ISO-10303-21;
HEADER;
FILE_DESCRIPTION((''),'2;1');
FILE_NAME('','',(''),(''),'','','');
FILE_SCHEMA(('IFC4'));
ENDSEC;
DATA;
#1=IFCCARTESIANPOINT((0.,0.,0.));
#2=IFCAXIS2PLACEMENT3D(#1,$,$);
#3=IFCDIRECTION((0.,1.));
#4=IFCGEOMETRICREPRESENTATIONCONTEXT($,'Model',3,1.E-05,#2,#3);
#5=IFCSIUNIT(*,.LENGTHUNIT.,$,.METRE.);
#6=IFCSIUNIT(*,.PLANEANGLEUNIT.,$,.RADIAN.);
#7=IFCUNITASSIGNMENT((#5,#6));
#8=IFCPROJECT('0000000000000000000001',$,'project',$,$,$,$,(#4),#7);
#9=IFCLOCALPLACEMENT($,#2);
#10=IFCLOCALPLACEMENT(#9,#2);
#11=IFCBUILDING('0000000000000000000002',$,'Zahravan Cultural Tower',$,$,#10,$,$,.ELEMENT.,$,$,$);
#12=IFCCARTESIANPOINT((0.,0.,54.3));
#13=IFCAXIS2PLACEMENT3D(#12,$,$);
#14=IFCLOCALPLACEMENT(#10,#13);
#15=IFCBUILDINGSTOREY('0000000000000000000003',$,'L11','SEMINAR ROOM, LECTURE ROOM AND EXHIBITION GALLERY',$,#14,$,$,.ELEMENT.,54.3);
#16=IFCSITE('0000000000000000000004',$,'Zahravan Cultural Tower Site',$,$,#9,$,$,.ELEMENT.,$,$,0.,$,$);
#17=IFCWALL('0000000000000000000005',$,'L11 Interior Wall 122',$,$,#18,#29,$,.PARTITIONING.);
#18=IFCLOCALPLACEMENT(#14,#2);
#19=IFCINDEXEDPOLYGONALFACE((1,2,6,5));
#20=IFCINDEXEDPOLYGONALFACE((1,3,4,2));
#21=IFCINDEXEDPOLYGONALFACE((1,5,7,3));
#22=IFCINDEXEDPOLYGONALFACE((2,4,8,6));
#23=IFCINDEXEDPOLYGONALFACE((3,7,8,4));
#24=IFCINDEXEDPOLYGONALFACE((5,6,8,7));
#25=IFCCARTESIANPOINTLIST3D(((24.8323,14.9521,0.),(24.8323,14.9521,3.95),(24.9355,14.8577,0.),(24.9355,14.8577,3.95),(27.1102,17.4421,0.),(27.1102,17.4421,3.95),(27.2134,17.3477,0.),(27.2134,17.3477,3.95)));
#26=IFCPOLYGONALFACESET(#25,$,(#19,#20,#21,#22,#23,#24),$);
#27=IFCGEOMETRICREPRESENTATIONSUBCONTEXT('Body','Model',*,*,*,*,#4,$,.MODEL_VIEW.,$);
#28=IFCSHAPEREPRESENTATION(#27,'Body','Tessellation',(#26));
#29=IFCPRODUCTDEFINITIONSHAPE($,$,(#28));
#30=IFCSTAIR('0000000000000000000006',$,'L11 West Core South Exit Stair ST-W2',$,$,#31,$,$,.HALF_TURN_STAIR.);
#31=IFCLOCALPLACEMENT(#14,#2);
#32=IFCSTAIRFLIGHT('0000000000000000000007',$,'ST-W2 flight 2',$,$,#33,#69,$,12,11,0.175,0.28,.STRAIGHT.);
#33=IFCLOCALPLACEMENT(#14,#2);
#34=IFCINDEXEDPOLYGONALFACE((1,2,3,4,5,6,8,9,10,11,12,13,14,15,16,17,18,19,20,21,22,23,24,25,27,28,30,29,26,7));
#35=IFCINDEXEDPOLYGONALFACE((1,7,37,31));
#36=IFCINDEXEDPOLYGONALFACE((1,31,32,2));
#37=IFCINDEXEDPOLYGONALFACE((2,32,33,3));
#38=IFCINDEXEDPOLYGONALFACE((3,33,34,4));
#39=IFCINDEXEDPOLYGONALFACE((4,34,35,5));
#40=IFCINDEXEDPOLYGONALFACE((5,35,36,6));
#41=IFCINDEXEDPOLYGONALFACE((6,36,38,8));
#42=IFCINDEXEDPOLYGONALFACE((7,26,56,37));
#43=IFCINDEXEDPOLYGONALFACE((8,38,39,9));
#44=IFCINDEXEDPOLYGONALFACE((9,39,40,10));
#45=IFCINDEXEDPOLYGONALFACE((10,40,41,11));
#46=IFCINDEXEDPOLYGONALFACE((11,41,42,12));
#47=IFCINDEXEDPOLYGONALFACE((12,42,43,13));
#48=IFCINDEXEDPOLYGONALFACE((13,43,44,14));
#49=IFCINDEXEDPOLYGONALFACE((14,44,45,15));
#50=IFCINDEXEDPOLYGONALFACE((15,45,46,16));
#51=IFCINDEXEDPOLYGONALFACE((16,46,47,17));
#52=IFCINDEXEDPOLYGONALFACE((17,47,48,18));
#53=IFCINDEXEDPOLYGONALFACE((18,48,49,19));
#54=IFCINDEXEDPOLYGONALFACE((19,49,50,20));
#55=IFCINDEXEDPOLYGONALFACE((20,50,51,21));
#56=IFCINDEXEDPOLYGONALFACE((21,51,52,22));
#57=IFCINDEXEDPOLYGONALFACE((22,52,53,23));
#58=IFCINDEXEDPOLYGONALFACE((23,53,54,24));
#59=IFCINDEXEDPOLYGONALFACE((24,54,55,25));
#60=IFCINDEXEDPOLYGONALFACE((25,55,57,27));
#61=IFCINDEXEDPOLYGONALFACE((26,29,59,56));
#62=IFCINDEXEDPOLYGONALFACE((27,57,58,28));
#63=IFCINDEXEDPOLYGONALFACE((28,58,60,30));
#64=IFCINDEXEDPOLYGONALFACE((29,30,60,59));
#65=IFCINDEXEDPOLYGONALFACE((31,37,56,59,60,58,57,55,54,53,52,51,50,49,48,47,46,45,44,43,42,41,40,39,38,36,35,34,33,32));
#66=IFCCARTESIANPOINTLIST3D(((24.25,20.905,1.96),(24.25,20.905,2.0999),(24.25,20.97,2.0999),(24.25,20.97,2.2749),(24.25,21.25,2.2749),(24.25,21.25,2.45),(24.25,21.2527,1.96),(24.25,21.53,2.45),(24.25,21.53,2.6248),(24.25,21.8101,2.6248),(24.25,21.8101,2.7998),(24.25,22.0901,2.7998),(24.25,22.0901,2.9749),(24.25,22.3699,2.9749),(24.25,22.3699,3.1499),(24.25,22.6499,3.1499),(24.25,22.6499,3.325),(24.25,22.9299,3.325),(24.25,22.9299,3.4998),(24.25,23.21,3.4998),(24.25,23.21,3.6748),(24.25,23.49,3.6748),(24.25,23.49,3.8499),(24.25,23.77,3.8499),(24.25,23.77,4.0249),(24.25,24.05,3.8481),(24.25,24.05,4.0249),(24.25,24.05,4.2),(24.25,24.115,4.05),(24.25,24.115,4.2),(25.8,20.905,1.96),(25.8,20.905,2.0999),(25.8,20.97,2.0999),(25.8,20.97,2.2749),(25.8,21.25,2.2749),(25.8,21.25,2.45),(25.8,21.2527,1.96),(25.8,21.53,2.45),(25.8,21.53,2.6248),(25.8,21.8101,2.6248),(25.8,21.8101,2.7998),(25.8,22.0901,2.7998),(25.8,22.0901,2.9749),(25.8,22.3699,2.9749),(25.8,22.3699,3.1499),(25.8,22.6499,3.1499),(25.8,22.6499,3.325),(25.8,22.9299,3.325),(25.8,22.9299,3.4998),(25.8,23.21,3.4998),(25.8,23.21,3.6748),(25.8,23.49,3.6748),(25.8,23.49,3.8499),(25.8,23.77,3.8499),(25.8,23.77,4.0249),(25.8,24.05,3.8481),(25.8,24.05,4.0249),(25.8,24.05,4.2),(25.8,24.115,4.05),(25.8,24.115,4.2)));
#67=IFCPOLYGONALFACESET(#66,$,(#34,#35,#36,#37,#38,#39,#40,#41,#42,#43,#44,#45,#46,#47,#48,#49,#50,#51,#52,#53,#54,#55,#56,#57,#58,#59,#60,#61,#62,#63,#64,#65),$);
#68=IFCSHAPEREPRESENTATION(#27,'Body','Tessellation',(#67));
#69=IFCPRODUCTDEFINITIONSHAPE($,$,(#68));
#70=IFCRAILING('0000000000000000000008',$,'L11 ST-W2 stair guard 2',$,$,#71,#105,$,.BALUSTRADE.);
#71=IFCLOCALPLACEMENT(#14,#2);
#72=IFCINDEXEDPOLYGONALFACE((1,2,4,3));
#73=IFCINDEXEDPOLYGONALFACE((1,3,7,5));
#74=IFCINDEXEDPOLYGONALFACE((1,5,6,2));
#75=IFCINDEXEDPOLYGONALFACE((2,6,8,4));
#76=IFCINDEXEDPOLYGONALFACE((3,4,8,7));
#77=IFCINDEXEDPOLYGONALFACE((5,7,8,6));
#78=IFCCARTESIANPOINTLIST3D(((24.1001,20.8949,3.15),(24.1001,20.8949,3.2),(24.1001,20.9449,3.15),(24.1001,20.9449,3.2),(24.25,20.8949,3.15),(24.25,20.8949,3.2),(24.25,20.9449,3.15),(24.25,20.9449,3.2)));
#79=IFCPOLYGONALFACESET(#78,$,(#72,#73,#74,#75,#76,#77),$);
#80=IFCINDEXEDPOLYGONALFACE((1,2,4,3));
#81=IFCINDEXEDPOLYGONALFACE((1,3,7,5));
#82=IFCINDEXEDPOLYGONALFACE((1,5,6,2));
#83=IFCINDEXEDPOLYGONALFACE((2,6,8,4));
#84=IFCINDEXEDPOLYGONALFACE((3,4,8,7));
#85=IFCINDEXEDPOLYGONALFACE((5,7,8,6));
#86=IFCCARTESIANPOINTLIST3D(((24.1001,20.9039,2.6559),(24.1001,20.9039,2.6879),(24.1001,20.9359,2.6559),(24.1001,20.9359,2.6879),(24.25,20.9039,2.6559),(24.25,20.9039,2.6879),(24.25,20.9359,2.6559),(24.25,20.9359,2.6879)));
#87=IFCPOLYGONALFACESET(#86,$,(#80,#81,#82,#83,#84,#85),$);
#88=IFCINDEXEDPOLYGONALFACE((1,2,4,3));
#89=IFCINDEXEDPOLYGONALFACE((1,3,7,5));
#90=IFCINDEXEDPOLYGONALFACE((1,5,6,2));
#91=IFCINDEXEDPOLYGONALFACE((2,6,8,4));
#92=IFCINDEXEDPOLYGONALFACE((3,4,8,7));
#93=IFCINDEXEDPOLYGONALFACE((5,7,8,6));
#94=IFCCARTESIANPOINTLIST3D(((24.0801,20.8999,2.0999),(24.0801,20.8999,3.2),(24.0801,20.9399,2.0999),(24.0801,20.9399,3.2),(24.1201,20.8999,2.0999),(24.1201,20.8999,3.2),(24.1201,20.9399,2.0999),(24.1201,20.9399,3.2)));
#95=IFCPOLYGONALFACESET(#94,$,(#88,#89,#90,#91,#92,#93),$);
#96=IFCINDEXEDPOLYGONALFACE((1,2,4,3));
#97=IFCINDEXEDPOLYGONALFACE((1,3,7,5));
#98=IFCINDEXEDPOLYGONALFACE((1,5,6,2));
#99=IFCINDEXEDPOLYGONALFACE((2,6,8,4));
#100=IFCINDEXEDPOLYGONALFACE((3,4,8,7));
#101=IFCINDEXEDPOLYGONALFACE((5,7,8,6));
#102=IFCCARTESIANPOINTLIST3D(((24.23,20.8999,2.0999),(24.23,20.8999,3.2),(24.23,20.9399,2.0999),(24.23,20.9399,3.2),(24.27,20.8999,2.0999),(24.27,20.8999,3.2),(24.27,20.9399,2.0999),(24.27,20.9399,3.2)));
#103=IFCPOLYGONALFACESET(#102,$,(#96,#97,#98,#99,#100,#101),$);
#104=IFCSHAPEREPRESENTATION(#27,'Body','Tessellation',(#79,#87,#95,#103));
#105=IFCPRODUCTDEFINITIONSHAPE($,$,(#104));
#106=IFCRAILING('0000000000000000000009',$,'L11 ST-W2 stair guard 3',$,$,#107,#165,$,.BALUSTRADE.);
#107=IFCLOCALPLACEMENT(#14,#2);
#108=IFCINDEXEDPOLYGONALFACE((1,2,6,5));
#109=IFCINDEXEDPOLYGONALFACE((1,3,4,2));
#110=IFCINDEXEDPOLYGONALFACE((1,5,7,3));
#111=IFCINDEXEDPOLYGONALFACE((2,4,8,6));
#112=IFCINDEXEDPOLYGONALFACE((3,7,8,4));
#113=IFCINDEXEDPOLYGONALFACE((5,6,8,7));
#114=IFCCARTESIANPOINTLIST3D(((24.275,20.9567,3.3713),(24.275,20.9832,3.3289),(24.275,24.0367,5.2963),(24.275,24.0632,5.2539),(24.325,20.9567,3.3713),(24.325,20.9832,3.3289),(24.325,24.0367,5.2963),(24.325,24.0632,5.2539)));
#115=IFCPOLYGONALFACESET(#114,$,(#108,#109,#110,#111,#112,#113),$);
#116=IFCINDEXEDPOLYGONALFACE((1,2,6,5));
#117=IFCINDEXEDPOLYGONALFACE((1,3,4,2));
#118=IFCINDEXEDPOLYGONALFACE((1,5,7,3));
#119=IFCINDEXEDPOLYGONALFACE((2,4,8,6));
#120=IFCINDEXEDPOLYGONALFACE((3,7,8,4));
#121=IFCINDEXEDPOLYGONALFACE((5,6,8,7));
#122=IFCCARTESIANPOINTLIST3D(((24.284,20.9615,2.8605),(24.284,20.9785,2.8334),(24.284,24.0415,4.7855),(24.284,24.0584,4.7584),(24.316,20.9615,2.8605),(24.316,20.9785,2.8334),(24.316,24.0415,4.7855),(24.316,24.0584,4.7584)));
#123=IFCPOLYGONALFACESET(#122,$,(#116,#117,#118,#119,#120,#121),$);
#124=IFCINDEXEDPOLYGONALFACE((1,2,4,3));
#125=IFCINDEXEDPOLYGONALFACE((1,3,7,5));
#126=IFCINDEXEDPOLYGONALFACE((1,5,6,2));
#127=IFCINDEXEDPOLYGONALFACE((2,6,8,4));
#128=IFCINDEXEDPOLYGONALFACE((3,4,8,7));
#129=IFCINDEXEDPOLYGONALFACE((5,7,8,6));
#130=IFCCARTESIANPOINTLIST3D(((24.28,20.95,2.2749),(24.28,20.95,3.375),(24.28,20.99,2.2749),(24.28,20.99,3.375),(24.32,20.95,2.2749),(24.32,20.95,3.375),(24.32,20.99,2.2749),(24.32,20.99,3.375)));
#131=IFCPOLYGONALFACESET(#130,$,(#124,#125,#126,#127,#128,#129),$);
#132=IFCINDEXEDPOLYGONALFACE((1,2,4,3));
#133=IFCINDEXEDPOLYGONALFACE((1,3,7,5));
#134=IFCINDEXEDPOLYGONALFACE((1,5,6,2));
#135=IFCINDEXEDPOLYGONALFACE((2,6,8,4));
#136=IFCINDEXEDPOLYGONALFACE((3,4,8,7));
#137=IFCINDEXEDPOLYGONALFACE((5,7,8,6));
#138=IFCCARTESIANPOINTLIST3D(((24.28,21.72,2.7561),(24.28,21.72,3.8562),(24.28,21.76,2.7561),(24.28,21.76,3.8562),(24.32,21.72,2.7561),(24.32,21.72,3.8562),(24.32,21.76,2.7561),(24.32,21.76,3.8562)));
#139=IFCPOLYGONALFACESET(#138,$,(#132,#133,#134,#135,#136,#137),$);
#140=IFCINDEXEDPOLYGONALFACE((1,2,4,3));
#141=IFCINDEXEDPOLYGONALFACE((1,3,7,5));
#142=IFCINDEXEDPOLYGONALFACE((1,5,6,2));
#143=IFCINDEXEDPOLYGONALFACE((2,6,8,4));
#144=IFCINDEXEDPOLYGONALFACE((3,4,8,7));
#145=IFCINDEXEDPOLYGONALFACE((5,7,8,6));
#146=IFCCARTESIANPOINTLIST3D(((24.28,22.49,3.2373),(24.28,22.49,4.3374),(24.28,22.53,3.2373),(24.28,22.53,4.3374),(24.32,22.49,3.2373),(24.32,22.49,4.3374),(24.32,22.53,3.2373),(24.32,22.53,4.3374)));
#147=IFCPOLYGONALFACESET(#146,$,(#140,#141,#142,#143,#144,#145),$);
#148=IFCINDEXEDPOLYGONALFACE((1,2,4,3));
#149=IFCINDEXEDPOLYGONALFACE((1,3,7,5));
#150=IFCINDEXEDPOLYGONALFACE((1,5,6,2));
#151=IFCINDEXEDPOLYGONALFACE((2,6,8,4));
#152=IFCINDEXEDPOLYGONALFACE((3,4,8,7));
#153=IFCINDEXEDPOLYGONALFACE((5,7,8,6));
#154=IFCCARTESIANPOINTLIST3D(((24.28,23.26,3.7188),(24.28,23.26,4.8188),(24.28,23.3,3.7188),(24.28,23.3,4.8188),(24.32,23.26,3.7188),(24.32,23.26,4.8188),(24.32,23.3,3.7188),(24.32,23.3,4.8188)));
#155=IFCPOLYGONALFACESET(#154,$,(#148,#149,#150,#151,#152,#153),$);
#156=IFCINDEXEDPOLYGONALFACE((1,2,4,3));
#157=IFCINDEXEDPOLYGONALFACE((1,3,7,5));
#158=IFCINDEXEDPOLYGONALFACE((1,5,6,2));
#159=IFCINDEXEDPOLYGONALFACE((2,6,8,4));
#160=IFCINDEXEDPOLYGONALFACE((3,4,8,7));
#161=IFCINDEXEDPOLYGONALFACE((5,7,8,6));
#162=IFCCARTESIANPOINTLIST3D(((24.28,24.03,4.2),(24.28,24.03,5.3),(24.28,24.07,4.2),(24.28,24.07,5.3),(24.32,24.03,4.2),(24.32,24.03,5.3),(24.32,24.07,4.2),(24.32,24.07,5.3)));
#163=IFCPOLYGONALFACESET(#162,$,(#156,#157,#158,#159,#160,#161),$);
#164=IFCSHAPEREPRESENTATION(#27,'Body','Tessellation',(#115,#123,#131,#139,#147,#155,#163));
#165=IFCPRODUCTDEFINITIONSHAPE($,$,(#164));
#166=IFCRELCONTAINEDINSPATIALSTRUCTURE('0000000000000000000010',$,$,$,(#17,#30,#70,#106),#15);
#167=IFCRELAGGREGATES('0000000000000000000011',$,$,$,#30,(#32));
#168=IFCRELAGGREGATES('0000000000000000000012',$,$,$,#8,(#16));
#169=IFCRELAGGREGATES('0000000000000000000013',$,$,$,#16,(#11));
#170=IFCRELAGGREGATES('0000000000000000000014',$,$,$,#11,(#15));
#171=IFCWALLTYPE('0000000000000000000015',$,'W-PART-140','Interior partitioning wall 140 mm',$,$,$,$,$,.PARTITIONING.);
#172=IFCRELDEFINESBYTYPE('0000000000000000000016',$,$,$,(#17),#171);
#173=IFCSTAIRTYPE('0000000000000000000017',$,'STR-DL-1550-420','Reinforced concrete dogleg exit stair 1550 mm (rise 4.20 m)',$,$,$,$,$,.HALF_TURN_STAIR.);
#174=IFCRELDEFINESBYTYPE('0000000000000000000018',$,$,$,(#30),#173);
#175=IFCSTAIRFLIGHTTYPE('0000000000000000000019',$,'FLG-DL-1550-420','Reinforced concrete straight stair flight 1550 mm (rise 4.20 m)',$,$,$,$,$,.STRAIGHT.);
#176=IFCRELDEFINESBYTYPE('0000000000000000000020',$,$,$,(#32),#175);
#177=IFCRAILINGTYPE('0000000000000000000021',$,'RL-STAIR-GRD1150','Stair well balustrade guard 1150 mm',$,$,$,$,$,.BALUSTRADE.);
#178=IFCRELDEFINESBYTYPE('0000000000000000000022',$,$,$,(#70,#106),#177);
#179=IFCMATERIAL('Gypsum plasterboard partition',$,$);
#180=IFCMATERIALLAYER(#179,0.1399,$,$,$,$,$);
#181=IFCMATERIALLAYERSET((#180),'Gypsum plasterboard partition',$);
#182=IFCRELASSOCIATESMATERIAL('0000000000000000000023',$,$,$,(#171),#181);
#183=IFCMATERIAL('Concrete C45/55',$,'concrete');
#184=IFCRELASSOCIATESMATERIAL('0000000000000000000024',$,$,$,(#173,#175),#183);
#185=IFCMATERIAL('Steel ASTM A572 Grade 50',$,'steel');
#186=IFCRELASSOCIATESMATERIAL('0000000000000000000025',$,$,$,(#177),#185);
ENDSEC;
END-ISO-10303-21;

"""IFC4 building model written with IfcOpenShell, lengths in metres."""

from ifc_helpers import new_model, si_unit, direction, frame, frame_2d, origin, origin_2d, place, context, subcontext, project, spatial, polyline, rectangle, outline, extrude, source, transform, mapped, material, layer, layer_set, type_object, element, aggregate, save


model = new_model("IFC4")

# Units and contexts
model_context = context("Model", 3, precision=1e-05, world=origin(), true_north=direction((0.0, 1.0)))
body_context = subcontext(model_context, "Body", "Model", "MODEL_VIEW")
ifc_project = project(units=[si_unit("LENGTHUNIT", "METRE"), si_unit("PLANEANGLEUNIT", "RADIAN")], contexts=[model_context])

# Site, building, storey
site_placement = place(None, origin())
site = spatial("IfcSite", under=ifc_project, at=site_placement, Name="Zahravan Cultural Tower Site", CompositionType="ELEMENT", RefElevation=0.0)
building_placement = place(site_placement, origin())
building = spatial("IfcBuilding", under=site, at=building_placement, Name="Zahravan Cultural Tower", CompositionType="ELEMENT")
storey_placement = place(building_placement, frame((0.0, 0.0, 54.3)))
storey = spatial("IfcBuildingStorey", under=building, at=storey_placement, Name="L11", Description="SEMINAR ROOM, LECTURE ROOM AND EXHIBITION GALLERY", CompositionType="ELEMENT", Elevation=54.3)

# Shared definitions
ifc_material_1 = material(Name="Steel ASTM A572 Grade 50", Category="steel")

# Shared definitions
ifc_material_2 = material(Name="Gypsum plasterboard partition")
ifc_layer_1 = layer(ifc_material_2, 0.1399)
ifc_layer_set_1 = layer_set([ifc_layer_1], Name="Gypsum plasterboard partition")
wall_type_1 = type_object("IfcWallType", Name="W-PART-140", Description="Interior partitioning wall 140 mm", PredefinedType="PARTITIONING", material=ifc_layer_set_1)
ifc_material_3 = material(Name="Concrete C45/55", Category="concrete")

# Wall
shared_shape_1 = source(origin(), body_context, "Body", "SweptSolid", [
    extrude(rectangle(XDim=3.3748, YDim=0.1399, at=frame_2d((1.6875, 0.0))), origin(), (0.0, 0.0, 1.0), 3.95),
])
wall_1_placement = place(storey_placement, frame((27.1619, 17.395, 0.0), z_axis=(0.0, 0.0, 1.0), x_axis=(-0.674974, -0.737841, 0.0)))
element("IfcWall", 1, at=wall_1_placement, inside=storey, type_object=wall_type_1, Name="L11 Interior Wall 122", PredefinedType="PARTITIONING", context=body_context, shape_type="MappedRepresentation", body=[
    mapped(shared_shape_1, transform((0.0, 0.0, 0.0), x_axis=(1.0, 0.0, 0.0), y_axis=(0.0, 1.0, 0.0), z_axis=(0.0, 0.0, 1.0), scale=1.0)),
])

# Stair, stair flight
stair_type = type_object("IfcStairType", Name="STR-DL-1550-420", Description="Reinforced concrete dogleg exit stair 1550 mm (rise 4.20 m)", PredefinedType="HALF_TURN_STAIR", material=ifc_material_3)
stair_placement = place(storey_placement, origin())
stair = element("IfcStair", 2, at=stair_placement, inside=storey, type_object=stair_type, Name="L11 West Core South Exit Stair ST-W2", PredefinedType="HALF_TURN_STAIR")
stair_flight_type = type_object("IfcStairFlightType", Name="FLG-DL-1550-420", Description="Reinforced concrete straight stair flight 1550 mm (rise 4.20 m)", PredefinedType="STRAIGHT", material=ifc_material_3)
stair_flight_placement = place(storey_placement, frame((25.0249, 20.97, 2.0999), z_axis=(0.0, 0.0, 1.0), x_axis=(0.0, 1.0, 0.0)))
stair_flight = element("IfcStairFlight", 3, at=stair_flight_placement, type_object=stair_flight_type, Name="ST-W2 flight 2", NumberOfRisers=12, NumberOfTreads=11, PredefinedType="STRAIGHT", RiserHeight=0.175, TreadLength=0.28, context=body_context, shape_type="SweptSolid", body=[
    extrude(outline(polyline([(-0.0649, -0.1399), (-0.0649, 0.0), (0.0, 0.0), (0.0, 0.175), (0.28, 0.175), (0.28, 0.3501), (0.5601, 0.3501), (0.5601, 0.5249), (0.8401, 0.5249), (0.8401, 0.7), (1.1201, 0.7), (1.1201, 0.875), (1.3999, 0.875), (1.3999, 1.05), (1.6799, 1.05), (1.6799, 1.2251), (1.96, 1.2251), (1.96, 1.3999), (2.24, 1.3999), (2.24, 1.575), (2.52, 1.575), (2.52, 1.75), (2.8, 1.75), (2.8, 1.925), (3.0801, 1.925), (3.0801, 2.1001), (3.145, 2.1001), (3.145, 1.9502), (3.0801, 1.7483), (0.2827, -0.1399), (-0.0649, -0.1399)])), frame((0.0, 0.7749, 0.0), z_axis=(0.0, -1.0, 0.0), x_axis=(1.0, 0.0, 0.0)), (0.0, 0.0, 1.0), 1.55),
])
aggregate(stair, [stair_flight])

# Railings
railing_type_1 = type_object("IfcRailingType", Name="RL-STAIR-GRD1150", Description="Stair well balustrade guard 1150 mm", PredefinedType="BALUSTRADE", material=ifc_material_1)
railing_1_placement = place(storey_placement, frame((24.1001, 20.9199, 2.0999)))
element("IfcRailing", 4, at=railing_1_placement, inside=storey, type_object=railing_type_1, Name="L11 ST-W2 stair guard 2", PredefinedType="BALUSTRADE", context=body_context, shape_type="SweptSolid", body=[
    extrude(rectangle(XDim=0.05, YDim=0.05, at=origin_2d()), frame((0.0, 0.0, 1.0752), z_axis=(1.0, 0.0, 0.0), x_axis=(0.0, 1.0, 0.0)), (0.0, 0.0, 1.0), 0.1499),
    extrude(rectangle(XDim=0.032, YDim=0.032, at=origin_2d()), frame((0.0, 0.0, 0.572), z_axis=(1.0, 0.0, 0.0), x_axis=(0.0, 1.0, 0.0)), (0.0, 0.0, 1.0), 0.1499),
    extrude(rectangle(XDim=0.04, YDim=0.04, at=origin_2d()), origin(), (0.0, 0.0, 1.0), 1.1001),
    extrude(rectangle(XDim=0.04, YDim=0.04, at=origin_2d()), frame((0.1499, 0.0, 0.0)), (0.0, 0.0, 1.0), 1.1001),
])
railing_2_placement = place(storey_placement, frame((24.3, 20.97, 2.2749)))
element("IfcRailing", 5, at=railing_2_placement, inside=storey, type_object=railing_type_1, Name="L11 ST-W2 stair guard 3", PredefinedType="BALUSTRADE", context=body_context, shape_type="SweptSolid", body=[
    extrude(rectangle(XDim=0.05, YDim=0.05, at=origin_2d()), frame((0.0, 0.0, 1.0752), z_axis=(0.0, 0.847998, 0.529999), x_axis=(-1.0, 0.0, 0.0)), (0.0, 0.0, 1.0), 3.6321),
    extrude(rectangle(XDim=0.032, YDim=0.032, at=origin_2d()), frame((0.0, 0.0, 0.572), z_axis=(0.0, 0.847998, 0.529999), x_axis=(-1.0, 0.0, 0.0)), (0.0, 0.0, 1.0), 3.6321),
    extrude(rectangle(XDim=0.04, YDim=0.04, at=origin_2d()), origin(), (0.0, 0.0, 1.0), 1.1001),
    extrude(rectangle(XDim=0.04, YDim=0.04, at=origin_2d()), frame((0.0, 0.77, 0.4812)), (0.0, 0.0, 1.0), 1.1001),
    extrude(rectangle(XDim=0.04, YDim=0.04, at=origin_2d()), frame((0.0, 1.54, 0.9624)), (0.0, 0.0, 1.0), 1.1001),
    extrude(rectangle(XDim=0.04, YDim=0.04, at=origin_2d()), frame((0.0, 2.3101, 1.4438)), (0.0, 0.0, 1.0), 1.1001),
    extrude(rectangle(XDim=0.04, YDim=0.04, at=origin_2d()), frame((0.0, 3.0801, 1.925)), (0.0, 0.0, 1.0), 1.1001),
])

save(model, "model.ifc")
